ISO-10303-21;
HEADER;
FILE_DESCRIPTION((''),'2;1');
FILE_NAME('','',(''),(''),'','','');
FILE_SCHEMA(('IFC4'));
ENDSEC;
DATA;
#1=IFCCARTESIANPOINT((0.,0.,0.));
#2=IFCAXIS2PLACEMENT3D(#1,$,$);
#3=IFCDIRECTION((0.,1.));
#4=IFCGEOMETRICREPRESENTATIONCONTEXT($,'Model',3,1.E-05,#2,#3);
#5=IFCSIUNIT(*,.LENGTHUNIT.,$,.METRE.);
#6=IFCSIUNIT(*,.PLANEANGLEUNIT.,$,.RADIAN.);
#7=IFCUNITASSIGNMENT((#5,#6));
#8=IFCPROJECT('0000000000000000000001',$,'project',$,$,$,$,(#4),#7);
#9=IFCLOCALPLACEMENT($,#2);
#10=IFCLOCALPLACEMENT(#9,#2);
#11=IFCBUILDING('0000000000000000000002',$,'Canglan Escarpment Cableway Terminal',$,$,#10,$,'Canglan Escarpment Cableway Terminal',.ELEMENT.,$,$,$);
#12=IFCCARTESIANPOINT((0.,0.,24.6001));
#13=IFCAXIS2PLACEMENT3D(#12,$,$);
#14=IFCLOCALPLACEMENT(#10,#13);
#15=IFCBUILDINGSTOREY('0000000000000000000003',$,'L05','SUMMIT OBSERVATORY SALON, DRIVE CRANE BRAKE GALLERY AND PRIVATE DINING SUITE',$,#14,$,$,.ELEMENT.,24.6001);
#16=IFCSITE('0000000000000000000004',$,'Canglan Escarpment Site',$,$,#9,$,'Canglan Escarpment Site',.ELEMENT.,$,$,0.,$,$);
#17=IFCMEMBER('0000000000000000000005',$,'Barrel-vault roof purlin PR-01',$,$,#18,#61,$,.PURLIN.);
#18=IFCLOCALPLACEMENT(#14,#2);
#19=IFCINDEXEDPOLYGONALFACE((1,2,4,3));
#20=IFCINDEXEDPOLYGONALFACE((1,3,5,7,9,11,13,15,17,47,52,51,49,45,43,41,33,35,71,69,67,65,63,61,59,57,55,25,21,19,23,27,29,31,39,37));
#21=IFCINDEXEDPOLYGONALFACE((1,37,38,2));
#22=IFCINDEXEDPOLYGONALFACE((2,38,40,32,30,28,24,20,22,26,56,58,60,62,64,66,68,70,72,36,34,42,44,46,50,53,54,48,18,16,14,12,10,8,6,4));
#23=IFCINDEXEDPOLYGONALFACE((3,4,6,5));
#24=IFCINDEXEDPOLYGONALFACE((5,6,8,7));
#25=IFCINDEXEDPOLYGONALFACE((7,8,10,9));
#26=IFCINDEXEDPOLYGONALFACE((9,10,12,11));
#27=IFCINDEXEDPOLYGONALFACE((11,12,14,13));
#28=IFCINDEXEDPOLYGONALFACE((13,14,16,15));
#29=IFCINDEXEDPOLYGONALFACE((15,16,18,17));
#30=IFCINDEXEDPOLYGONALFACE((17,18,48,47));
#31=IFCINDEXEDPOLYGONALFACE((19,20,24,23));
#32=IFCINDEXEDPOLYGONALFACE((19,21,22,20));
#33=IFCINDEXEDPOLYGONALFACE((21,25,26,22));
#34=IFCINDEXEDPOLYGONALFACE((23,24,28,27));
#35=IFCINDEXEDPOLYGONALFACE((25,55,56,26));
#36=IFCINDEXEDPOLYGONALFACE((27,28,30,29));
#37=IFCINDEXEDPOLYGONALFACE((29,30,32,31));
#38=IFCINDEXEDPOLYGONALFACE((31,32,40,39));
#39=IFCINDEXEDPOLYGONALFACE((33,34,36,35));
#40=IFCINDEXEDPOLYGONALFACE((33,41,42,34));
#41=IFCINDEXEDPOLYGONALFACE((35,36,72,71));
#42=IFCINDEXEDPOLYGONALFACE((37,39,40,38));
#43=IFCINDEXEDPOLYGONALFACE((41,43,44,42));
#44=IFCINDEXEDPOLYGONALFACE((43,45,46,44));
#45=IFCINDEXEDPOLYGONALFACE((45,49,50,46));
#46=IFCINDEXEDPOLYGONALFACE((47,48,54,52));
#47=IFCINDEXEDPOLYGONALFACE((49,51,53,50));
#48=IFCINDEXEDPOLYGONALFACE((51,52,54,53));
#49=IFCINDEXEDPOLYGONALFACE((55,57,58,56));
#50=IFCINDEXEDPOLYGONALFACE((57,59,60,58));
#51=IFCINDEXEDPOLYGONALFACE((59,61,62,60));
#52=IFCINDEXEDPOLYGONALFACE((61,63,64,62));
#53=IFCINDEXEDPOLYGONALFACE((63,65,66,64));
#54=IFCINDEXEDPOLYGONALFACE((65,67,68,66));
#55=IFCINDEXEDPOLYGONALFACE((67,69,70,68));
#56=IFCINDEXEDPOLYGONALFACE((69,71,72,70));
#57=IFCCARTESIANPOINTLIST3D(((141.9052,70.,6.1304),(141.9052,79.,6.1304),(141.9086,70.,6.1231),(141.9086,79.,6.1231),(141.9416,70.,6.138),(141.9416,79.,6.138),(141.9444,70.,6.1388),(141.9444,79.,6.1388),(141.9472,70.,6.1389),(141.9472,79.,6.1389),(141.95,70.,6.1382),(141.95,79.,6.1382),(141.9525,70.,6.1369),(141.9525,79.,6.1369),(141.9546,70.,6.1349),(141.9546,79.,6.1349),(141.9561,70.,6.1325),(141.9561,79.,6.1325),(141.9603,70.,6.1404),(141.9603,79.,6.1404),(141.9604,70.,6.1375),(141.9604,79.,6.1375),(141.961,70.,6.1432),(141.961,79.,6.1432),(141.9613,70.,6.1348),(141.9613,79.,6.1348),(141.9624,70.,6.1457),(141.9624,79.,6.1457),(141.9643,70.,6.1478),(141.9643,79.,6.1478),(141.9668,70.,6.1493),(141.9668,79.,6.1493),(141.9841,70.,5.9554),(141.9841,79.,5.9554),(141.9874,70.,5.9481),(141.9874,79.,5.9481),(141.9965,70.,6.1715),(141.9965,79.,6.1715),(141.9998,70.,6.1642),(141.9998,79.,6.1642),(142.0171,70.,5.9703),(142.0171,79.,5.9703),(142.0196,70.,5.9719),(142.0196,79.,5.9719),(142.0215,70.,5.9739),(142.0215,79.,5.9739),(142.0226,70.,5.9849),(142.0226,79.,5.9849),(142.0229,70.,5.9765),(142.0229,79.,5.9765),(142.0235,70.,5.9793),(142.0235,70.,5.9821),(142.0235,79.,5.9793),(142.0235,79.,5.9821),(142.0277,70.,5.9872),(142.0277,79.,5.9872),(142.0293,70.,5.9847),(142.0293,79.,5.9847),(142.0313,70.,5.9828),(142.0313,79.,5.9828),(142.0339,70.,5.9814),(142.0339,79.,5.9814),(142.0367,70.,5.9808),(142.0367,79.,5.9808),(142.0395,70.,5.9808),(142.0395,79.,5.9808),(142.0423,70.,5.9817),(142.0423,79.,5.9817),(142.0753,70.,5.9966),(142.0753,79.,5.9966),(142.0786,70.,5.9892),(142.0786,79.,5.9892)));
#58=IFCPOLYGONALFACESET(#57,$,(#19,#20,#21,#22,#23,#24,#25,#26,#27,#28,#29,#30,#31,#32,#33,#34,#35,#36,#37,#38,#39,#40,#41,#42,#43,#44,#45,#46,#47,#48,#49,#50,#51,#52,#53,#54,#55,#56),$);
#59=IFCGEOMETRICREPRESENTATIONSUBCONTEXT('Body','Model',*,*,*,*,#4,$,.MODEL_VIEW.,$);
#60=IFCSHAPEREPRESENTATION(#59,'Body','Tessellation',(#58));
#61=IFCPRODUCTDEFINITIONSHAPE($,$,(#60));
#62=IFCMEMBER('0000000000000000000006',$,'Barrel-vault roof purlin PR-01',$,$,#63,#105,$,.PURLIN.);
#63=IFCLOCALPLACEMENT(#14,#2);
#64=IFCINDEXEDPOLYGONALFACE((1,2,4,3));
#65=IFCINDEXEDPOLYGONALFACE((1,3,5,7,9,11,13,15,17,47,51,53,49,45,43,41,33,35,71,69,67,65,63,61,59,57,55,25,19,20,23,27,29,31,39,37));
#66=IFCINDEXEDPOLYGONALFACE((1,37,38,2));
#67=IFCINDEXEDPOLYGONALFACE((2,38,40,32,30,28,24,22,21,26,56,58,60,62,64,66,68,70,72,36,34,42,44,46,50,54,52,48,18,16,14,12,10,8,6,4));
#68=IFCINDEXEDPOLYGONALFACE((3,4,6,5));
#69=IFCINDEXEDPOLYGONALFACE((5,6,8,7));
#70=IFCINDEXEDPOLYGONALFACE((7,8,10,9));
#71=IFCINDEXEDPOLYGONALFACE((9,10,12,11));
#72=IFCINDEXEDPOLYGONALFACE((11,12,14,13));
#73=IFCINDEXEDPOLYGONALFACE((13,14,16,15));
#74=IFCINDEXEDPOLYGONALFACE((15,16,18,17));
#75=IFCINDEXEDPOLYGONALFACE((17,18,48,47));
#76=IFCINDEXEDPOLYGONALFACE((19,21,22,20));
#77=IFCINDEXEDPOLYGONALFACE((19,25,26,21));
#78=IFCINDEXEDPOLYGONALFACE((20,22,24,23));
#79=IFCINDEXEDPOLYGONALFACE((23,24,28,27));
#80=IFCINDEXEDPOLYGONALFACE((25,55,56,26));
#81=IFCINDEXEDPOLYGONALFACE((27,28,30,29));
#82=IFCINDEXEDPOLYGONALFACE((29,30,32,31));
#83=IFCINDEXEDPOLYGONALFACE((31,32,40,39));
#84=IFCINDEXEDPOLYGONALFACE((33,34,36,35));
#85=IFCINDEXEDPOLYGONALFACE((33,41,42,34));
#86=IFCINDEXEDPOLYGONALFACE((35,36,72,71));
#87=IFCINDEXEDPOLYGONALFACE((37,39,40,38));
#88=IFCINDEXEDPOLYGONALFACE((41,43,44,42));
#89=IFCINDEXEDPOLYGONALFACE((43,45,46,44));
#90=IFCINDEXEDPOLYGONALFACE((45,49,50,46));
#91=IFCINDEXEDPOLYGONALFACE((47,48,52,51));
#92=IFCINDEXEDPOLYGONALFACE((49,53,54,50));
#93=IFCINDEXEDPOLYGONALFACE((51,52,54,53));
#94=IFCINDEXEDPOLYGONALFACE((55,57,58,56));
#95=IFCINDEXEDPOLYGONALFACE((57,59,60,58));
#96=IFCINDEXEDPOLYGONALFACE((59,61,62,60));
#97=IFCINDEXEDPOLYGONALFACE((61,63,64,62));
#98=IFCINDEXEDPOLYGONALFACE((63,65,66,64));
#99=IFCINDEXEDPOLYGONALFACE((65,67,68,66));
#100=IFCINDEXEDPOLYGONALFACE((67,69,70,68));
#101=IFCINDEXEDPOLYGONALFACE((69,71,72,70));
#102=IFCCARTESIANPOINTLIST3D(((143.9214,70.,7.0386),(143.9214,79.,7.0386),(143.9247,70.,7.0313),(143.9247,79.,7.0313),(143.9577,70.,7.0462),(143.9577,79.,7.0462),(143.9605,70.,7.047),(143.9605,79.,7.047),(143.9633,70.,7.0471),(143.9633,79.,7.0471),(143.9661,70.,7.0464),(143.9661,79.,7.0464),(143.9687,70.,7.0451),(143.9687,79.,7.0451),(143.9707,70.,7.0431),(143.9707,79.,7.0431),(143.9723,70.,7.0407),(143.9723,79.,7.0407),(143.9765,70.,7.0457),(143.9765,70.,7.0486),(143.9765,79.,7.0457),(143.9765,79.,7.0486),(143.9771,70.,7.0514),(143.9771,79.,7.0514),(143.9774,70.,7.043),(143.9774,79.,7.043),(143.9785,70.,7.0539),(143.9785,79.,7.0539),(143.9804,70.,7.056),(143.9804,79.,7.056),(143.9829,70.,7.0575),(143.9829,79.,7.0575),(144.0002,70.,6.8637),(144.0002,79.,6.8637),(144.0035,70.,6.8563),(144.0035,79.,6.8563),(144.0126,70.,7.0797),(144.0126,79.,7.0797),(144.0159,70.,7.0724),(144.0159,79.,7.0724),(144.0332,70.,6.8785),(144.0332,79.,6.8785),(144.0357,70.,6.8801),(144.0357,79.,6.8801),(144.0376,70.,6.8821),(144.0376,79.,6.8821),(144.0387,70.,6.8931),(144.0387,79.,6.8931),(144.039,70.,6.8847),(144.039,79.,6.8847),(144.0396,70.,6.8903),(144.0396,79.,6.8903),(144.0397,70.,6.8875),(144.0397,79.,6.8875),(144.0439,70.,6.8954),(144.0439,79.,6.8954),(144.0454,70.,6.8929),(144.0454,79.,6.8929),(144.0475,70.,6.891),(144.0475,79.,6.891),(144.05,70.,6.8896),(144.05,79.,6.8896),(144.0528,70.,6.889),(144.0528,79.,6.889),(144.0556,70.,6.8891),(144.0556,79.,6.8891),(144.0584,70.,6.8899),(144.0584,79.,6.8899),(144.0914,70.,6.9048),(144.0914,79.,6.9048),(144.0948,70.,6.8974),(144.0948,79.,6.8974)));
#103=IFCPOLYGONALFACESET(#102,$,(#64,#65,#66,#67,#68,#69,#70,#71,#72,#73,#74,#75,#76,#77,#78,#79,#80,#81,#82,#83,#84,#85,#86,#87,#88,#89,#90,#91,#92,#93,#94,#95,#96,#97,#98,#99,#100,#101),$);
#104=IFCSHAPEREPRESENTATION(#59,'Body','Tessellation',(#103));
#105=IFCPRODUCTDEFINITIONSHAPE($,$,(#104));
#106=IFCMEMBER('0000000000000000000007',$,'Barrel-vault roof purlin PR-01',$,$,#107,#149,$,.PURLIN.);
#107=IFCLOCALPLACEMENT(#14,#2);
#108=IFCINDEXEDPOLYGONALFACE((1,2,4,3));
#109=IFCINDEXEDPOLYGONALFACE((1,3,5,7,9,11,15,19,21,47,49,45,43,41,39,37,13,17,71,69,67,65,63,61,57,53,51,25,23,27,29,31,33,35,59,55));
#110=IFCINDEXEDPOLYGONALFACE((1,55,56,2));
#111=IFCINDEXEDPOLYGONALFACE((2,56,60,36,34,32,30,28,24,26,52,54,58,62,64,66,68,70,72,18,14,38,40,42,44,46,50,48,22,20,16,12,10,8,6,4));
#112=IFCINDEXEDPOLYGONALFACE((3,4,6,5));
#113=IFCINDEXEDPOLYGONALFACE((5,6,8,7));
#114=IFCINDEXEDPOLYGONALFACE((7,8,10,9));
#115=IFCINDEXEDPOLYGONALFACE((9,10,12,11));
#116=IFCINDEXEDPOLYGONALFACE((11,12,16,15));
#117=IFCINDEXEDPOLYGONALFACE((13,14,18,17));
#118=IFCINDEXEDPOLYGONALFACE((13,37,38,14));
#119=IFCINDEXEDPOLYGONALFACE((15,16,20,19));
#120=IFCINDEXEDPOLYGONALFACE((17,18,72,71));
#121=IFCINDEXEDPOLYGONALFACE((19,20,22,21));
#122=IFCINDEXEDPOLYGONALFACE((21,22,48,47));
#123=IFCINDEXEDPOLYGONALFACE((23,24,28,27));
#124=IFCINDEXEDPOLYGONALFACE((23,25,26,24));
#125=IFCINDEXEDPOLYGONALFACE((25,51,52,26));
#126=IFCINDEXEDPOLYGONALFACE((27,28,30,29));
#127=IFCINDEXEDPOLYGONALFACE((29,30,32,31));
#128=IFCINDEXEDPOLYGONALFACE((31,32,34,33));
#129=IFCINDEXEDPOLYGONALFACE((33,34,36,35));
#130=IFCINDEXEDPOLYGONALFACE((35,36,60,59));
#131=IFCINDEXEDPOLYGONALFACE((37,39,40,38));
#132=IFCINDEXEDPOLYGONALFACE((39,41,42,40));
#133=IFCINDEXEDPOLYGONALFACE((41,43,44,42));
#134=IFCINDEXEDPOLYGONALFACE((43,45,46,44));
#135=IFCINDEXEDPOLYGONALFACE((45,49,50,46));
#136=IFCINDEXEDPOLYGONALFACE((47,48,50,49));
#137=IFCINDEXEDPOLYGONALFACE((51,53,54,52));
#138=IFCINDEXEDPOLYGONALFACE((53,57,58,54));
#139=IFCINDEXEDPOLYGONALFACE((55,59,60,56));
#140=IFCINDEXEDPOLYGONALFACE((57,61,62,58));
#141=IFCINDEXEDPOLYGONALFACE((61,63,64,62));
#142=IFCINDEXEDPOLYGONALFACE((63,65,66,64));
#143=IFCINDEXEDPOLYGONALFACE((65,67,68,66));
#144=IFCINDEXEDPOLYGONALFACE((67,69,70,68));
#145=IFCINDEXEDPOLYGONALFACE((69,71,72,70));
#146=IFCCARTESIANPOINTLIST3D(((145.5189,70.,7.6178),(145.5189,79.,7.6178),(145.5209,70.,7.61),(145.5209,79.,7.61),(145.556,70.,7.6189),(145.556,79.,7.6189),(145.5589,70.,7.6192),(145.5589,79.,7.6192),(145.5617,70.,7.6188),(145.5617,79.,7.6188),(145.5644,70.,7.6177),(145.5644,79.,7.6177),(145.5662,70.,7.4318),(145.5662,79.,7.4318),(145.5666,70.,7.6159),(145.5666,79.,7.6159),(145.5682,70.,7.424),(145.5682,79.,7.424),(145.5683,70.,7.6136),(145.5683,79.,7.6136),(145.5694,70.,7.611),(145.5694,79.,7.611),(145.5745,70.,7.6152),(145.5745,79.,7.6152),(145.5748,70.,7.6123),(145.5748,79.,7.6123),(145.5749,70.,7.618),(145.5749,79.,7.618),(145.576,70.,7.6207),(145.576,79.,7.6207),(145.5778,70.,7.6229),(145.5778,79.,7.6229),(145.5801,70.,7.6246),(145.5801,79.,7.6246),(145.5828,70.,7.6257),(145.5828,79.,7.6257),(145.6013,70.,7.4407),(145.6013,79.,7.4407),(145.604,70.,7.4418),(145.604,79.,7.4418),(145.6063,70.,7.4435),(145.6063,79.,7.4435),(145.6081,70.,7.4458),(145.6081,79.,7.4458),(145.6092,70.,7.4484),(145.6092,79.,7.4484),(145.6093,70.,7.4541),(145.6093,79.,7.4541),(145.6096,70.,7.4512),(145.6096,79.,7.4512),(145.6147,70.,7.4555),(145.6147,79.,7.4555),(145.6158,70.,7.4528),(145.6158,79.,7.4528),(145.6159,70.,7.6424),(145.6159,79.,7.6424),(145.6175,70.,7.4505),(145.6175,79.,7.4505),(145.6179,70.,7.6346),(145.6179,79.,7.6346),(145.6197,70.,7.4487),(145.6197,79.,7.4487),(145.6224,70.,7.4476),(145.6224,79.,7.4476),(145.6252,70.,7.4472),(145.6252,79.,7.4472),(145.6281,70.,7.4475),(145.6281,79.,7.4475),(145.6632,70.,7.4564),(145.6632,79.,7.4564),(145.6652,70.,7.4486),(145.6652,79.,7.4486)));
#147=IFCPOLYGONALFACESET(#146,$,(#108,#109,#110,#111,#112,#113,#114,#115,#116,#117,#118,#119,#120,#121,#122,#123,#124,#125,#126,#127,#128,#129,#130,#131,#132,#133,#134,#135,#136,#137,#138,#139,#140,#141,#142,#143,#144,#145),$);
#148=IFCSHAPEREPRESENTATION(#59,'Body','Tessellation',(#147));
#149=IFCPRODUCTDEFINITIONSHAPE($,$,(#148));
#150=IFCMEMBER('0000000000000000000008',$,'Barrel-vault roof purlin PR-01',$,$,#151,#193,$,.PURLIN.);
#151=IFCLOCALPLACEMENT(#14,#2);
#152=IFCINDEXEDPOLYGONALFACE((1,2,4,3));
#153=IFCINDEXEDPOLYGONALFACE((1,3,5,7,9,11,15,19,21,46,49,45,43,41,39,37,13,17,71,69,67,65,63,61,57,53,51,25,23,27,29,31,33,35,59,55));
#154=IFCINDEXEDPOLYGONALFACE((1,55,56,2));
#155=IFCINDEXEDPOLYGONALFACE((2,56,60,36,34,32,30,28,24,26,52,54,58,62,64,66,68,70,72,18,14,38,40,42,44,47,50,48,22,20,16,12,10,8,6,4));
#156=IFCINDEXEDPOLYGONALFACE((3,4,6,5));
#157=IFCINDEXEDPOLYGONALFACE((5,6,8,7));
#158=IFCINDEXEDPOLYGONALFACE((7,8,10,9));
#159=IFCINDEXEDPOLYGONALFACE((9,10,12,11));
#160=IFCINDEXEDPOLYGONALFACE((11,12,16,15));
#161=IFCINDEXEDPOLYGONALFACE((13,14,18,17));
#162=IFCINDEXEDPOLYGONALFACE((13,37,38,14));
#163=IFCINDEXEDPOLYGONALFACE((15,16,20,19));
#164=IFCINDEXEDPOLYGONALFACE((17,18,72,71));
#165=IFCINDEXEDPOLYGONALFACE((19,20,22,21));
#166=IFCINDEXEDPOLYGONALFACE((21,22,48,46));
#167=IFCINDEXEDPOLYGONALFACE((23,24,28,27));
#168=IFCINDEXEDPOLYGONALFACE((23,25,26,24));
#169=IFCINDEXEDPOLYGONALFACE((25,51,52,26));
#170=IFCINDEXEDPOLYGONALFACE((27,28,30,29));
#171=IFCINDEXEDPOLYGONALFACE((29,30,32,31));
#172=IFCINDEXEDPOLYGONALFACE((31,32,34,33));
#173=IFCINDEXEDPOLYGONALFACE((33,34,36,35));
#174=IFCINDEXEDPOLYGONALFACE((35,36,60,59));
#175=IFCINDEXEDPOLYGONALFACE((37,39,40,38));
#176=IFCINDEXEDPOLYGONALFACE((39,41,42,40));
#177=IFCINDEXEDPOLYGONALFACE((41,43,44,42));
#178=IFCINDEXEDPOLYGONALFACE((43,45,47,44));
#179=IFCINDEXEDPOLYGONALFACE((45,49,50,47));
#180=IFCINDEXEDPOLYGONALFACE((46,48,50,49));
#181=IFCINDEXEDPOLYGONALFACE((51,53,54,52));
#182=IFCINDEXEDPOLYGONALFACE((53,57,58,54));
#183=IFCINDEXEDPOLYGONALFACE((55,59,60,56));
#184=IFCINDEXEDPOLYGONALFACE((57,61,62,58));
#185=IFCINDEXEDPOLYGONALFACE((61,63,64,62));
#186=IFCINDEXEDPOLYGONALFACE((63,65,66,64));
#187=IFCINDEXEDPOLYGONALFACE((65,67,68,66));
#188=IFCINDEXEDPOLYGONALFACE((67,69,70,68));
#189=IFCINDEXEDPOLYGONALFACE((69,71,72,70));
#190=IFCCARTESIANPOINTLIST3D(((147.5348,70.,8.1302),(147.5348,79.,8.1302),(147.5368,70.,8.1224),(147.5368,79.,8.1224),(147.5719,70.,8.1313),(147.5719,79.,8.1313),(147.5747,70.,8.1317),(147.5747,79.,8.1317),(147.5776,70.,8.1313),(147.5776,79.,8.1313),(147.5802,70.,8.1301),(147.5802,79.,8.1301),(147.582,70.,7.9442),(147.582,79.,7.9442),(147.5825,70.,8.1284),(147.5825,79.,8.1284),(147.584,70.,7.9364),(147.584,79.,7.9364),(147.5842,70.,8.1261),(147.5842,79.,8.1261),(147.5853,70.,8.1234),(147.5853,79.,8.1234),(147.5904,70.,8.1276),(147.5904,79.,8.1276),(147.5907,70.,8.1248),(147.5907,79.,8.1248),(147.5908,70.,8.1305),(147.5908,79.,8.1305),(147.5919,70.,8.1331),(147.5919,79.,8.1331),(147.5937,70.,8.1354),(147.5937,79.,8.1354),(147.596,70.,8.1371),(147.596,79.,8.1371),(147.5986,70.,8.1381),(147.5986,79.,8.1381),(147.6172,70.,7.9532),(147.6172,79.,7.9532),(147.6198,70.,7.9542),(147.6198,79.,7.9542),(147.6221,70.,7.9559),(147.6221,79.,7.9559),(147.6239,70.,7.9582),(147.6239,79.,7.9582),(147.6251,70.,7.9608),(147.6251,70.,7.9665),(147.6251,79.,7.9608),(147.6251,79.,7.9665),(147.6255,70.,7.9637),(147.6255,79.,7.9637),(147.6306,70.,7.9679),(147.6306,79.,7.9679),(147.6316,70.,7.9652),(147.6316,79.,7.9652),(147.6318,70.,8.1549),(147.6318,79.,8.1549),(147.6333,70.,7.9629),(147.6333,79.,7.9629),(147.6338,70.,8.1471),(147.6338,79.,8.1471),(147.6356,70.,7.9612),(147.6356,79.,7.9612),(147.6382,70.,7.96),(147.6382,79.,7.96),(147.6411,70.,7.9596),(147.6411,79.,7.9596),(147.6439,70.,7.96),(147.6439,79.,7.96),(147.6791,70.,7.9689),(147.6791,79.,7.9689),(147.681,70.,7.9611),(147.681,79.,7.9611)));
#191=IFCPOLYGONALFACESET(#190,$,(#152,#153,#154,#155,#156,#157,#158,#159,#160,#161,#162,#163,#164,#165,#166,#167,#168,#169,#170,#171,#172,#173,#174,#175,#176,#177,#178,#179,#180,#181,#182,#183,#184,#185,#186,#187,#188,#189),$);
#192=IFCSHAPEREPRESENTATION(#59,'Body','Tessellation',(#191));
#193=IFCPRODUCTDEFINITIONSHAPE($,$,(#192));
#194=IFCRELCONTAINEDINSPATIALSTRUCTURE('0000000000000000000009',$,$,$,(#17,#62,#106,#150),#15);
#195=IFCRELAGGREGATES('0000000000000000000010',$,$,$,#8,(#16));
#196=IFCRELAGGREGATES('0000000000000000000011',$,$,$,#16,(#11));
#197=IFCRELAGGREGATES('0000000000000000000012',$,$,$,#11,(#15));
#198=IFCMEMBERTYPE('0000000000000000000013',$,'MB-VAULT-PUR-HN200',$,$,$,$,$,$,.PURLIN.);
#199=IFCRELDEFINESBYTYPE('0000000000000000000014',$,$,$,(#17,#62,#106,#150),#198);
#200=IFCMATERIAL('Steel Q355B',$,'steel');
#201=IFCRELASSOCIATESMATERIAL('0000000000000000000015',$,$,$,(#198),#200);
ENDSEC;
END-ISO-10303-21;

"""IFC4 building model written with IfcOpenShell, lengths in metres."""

from ifc_helpers import new_model, si_unit, direction, frame, origin, origin_2d, place, context, subcontext, project, spatial, i_section, extrude, material, material_profile, profile_set, type_object, element, save


model = new_model("IFC4")

# Units and contexts
model_context = context("Model", 3, precision=1e-05, world=origin(), true_north=direction((0.0, 1.0)))
body_context = subcontext(model_context, "Body", "Model", "MODEL_VIEW")
ifc_project = project(units=[si_unit("LENGTHUNIT", "METRE"), si_unit("PLANEANGLEUNIT", "RADIAN")], contexts=[model_context])

# Site, building, storey
site_placement = place(None, origin())
site = spatial("IfcSite", under=ifc_project, at=site_placement, Name="Canglan Escarpment Site", LongName="Canglan Escarpment Site", CompositionType="ELEMENT", RefElevation=0.0)
building_placement = place(site_placement, origin())
building = spatial("IfcBuilding", under=site, at=building_placement, Name="Canglan Escarpment Cableway Terminal", LongName="Canglan Escarpment Cableway Terminal", CompositionType="ELEMENT")
storey_placement = place(building_placement, frame((0.0, 0.0, 24.6001)))
storey = spatial("IfcBuildingStorey", under=building, at=storey_placement, Name="L05", Description="SUMMIT OBSERVATORY SALON, DRIVE CRANE BRAKE GALLERY AND PRIVATE DINING SUITE", CompositionType="ELEMENT", Elevation=24.6001)

# Shared definitions
ifc_material_1 = material(Name="Steel Q355B", Category="steel")

# Members
ifc_material_profile_1 = material_profile(ifc_material_1, i_section(OverallWidth=0.1001, OverallDepth=0.2, WebThickness=0.0056, FlangeThickness=0.0081, FilletRadius=0.011, at=origin_2d()), Name="HN 200x100x5.5x8")
ifc_profile_set_1 = profile_set([ifc_material_profile_1], Name="Steel Q355B")
member_type_1 = type_object("IfcMemberType", Name="MB-VAULT-PUR-HN200", PredefinedType="PURLIN", material=ifc_profile_set_1)
for number, where, z_axis, x_axis, name in (
    (1, (141.9919, 70.0, 6.0598), (0.0, 1.0, 0.0), (-0.911741, 0.0, -0.410767), "Barrel-vault roof purlin PR-01"),
    (2, (144.0081, 70.0, 6.968), (0.0, 1.0, 0.0), (-0.911741, 0.0, -0.410767), "Barrel-vault roof purlin PR-01"),
    (3, (145.592, 70.0, 7.5332), (0.0, 1.0, 0.0), (-0.969184, 0.0, -0.246339), "Barrel-vault roof purlin PR-01"),
    (4, (147.6079, 70.0, 8.0457), (0.0, 1.0, 0.0), (-0.969184, 0.0, -0.246339), "Barrel-vault roof purlin PR-01"),
):
    element("IfcMember", number, at=place(storey_placement, frame(where, z_axis=z_axis, x_axis=x_axis)), inside=storey, type_object=member_type_1, Name=name, PredefinedType="PURLIN", context=body_context, shape_type="SweptSolid", body=[
        extrude(i_section(OverallWidth=0.1001, OverallDepth=0.2, WebThickness=0.0056, FlangeThickness=0.0081, FilletRadius=0.011, at=origin_2d()), origin(), (0.0, 0.0, 1.0), 9.0),
    ])

save(model, "model.ifc")
